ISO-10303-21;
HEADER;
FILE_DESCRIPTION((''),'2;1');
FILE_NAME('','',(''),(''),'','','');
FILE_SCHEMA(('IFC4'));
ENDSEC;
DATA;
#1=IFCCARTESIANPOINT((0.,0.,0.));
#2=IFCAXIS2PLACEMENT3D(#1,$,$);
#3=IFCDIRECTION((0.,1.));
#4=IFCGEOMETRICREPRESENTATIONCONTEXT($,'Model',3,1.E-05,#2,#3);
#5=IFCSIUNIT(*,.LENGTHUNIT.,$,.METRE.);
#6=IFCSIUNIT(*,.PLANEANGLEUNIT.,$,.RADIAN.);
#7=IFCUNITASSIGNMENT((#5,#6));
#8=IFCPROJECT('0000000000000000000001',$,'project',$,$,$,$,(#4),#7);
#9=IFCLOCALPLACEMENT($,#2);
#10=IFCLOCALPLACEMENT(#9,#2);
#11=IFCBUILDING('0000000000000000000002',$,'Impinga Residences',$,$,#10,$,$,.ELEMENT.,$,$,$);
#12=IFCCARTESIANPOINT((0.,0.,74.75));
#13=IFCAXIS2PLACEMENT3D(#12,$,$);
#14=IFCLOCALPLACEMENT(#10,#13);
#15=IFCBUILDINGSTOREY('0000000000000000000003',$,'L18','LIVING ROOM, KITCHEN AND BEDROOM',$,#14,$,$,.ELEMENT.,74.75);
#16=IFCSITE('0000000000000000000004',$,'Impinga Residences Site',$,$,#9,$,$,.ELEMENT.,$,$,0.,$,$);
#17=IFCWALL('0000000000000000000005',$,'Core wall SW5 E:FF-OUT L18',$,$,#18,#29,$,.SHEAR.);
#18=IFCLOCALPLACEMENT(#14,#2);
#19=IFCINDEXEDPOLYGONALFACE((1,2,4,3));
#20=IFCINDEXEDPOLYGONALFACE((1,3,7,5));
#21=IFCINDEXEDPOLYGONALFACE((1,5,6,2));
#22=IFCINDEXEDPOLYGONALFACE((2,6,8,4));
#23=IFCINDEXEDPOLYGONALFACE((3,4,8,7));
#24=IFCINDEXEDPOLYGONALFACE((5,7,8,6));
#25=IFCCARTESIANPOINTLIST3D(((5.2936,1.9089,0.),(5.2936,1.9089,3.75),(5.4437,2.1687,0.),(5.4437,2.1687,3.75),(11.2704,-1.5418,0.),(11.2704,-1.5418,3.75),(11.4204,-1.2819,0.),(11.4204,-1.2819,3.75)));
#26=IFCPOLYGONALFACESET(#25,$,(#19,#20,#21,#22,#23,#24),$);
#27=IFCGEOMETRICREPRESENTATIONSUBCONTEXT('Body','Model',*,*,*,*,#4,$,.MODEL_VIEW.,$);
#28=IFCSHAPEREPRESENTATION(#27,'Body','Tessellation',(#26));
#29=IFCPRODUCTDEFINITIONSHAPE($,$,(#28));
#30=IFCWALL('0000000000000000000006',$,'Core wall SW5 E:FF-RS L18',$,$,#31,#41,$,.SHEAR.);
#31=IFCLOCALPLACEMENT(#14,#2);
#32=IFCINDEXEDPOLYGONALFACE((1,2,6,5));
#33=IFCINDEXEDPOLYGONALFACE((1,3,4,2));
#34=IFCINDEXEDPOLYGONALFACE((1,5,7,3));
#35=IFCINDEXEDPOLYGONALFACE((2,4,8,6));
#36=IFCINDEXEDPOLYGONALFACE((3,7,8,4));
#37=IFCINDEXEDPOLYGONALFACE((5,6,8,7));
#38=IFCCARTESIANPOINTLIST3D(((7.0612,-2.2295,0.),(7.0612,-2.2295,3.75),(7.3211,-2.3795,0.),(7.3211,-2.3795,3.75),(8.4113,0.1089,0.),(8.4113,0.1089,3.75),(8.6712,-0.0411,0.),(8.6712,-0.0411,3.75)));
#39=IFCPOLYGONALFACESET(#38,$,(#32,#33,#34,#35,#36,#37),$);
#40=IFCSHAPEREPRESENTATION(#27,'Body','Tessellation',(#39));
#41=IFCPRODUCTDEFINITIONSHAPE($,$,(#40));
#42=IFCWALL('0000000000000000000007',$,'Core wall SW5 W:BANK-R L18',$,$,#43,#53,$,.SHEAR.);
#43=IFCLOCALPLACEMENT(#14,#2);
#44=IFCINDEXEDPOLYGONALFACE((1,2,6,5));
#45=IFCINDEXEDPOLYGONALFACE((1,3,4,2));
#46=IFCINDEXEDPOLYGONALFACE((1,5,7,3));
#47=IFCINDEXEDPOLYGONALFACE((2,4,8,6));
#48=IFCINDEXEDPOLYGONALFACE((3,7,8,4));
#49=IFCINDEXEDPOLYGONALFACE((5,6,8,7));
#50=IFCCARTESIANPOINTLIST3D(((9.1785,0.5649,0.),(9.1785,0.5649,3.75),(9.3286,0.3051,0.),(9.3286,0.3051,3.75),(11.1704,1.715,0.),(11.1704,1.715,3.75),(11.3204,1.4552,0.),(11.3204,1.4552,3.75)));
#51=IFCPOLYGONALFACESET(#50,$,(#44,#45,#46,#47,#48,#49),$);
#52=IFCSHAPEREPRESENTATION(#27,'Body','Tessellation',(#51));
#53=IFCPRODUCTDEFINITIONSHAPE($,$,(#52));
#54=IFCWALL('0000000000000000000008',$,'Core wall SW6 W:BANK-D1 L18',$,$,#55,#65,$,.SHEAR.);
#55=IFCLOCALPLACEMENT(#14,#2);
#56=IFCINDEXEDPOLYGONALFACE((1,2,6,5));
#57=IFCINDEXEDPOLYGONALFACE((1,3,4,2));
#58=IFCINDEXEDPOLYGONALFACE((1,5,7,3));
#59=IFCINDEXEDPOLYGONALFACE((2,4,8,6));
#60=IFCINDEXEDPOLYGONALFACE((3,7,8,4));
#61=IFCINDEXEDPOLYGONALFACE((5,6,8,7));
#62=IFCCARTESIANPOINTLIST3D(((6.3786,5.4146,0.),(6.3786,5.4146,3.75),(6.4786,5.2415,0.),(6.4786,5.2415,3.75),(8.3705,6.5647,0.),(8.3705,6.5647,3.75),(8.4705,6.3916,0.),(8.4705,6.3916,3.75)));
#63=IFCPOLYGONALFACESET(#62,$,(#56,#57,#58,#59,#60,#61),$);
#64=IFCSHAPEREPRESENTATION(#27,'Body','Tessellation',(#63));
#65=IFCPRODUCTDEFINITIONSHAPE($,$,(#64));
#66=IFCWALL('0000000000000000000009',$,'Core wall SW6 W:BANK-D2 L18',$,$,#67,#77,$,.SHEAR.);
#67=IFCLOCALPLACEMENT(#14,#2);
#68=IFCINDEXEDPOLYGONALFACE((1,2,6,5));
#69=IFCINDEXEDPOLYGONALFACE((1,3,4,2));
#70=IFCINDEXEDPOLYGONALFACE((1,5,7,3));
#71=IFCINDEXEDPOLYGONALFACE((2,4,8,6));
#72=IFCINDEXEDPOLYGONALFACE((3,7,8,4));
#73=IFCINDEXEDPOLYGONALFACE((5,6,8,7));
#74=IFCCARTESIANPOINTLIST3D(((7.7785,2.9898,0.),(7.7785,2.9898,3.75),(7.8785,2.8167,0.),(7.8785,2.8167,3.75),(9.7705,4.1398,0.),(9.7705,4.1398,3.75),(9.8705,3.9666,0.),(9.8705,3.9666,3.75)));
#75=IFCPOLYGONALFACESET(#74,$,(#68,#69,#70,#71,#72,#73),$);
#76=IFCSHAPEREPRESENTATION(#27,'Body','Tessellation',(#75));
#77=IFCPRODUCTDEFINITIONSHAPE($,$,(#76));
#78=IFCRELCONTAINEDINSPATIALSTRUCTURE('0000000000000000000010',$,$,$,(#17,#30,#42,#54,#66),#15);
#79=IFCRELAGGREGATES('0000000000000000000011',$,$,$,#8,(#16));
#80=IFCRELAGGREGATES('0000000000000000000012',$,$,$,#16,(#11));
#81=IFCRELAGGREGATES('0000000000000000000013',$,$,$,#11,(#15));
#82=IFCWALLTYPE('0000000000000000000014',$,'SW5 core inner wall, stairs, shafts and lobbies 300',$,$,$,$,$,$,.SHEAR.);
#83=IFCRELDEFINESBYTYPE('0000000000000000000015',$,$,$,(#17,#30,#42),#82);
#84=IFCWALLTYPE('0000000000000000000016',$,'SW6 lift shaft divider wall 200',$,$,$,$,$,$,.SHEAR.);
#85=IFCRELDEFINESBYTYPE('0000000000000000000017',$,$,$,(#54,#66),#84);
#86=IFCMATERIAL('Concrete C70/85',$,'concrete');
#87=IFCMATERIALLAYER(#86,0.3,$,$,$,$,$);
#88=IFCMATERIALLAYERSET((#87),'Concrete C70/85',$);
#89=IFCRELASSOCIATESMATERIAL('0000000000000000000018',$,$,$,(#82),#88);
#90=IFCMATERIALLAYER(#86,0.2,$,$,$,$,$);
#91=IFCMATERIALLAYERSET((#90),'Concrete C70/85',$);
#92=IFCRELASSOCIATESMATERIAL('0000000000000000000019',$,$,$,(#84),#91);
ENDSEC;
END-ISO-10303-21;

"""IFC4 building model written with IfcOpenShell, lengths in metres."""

from ifc_helpers import new_model, si_unit, direction, frame, frame_2d, origin, place, context, subcontext, project, spatial, rectangle, extrude, material, layer, layer_set, type_object, element, save


model = new_model("IFC4")

# Units and contexts
model_context = context("Model", 3, precision=1e-05, world=origin(), true_north=direction((0.0, 1.0)))
body_context = subcontext(model_context, "Body", "Model", "MODEL_VIEW")
ifc_project = project(units=[si_unit("LENGTHUNIT", "METRE"), si_unit("PLANEANGLEUNIT", "RADIAN")], contexts=[model_context])

# Site, building, storey
site_placement = place(None, origin())
site = spatial("IfcSite", under=ifc_project, at=site_placement, Name="Impinga Residences Site", CompositionType="ELEMENT", RefElevation=0.0)
building_placement = place(site_placement, origin())
building = spatial("IfcBuilding", under=site, at=building_placement, Name="Impinga Residences", CompositionType="ELEMENT")
storey_placement = place(building_placement, frame((0.0, 0.0, 74.75)))
storey = spatial("IfcBuildingStorey", under=building, at=storey_placement, Name="L18", Description="LIVING ROOM, KITCHEN AND BEDROOM", CompositionType="ELEMENT", Elevation=74.75)

# Shared definitions
ifc_material_1 = material(Name="Concrete C70/85", Category="concrete")

# Shared definitions
ifc_layer_1 = layer(ifc_material_1, 0.3)
ifc_layer_set_1 = layer_set([ifc_layer_1], Name="Concrete C70/85")
wall_type_1 = type_object("IfcWallType", Name="SW5 core inner wall, stairs, shafts and lobbies 300", PredefinedType="SHEAR", material=ifc_layer_set_1)

# Walls
wall_1_placement = place(storey_placement, frame((5.3687, 2.0388, 0.0), z_axis=(0.0, 0.0, 1.0), x_axis=(0.866027, -0.499997, 0.0)))
element("IfcWall", 1, at=wall_1_placement, inside=storey, type_object=wall_type_1, Name="Core wall SW5 E:FF-OUT L18", PredefinedType="SHEAR", context=body_context, shape_type="SweptSolid", body=[
    extrude(rectangle(XDim=6.9014, YDim=0.3, at=frame_2d((3.4507, 0.0))), origin(), (0.0, 0.0, 1.0), 3.75),
])
wall_2_placement = place(storey_placement, frame((8.5413, 0.0339, 0.0), z_axis=(0.0, 0.0, 1.0), x_axis=(-0.500009, -0.86602, 0.0)))
element("IfcWall", 2, at=wall_2_placement, inside=storey, type_object=wall_type_1, Name="Core wall SW5 E:FF-RS L18", PredefinedType="SHEAR", context=body_context, shape_type="SweptSolid", body=[
    extrude(rectangle(XDim=2.7002, YDim=0.3, at=frame_2d((1.3501, 0.0))), origin(), (0.0, 0.0, 1.0), 3.75),
])
wall_3_placement = place(storey_placement, frame((9.2537, 0.4351, 0.0), z_axis=(0.0, 0.0, 1.0), x_axis=(0.866007, 0.500032, 0.0)))
element("IfcWall", 3, at=wall_3_placement, inside=storey, type_object=wall_type_1, Name="Core wall SW5 W:BANK-R L18", PredefinedType="SHEAR", context=body_context, shape_type="SweptSolid", body=[
    extrude(rectangle(XDim=2.3, YDim=0.3, at=frame_2d((1.1499, 0.0))), origin(), (0.0, 0.0, 1.0), 3.75),
])
ifc_layer_2 = layer(ifc_material_1, 0.2)
ifc_layer_set_2 = layer_set([ifc_layer_2], Name="Concrete C70/85")
wall_type_2 = type_object("IfcWallType", Name="SW6 lift shaft divider wall 200", PredefinedType="SHEAR", material=ifc_layer_set_2)
for number, where, z_axis, x_axis, name in (
    (4, (6.4287, 5.3281, 0.0), (0.0, 0.0, 1.0), (0.866007, 0.500032, 0.0), "Core wall SW6 W:BANK-D1 L18"),
    (5, (7.8286, 2.9033, 0.0), (0.0, 0.0, 1.0), (0.866053, 0.499952, 0.0), "Core wall SW6 W:BANK-D2 L18"),
):
    element("IfcWall", number, at=place(storey_placement, frame(where, z_axis=z_axis, x_axis=x_axis)), inside=storey, type_object=wall_type_2, Name=name, PredefinedType="SHEAR", context=body_context, shape_type="SweptSolid", body=[
        extrude(rectangle(XDim=2.3, YDim=0.2, at=frame_2d((1.1499, 0.0))), origin(), (0.0, 0.0, 1.0), 3.75),
    ])

save(model, "model.ifc")
